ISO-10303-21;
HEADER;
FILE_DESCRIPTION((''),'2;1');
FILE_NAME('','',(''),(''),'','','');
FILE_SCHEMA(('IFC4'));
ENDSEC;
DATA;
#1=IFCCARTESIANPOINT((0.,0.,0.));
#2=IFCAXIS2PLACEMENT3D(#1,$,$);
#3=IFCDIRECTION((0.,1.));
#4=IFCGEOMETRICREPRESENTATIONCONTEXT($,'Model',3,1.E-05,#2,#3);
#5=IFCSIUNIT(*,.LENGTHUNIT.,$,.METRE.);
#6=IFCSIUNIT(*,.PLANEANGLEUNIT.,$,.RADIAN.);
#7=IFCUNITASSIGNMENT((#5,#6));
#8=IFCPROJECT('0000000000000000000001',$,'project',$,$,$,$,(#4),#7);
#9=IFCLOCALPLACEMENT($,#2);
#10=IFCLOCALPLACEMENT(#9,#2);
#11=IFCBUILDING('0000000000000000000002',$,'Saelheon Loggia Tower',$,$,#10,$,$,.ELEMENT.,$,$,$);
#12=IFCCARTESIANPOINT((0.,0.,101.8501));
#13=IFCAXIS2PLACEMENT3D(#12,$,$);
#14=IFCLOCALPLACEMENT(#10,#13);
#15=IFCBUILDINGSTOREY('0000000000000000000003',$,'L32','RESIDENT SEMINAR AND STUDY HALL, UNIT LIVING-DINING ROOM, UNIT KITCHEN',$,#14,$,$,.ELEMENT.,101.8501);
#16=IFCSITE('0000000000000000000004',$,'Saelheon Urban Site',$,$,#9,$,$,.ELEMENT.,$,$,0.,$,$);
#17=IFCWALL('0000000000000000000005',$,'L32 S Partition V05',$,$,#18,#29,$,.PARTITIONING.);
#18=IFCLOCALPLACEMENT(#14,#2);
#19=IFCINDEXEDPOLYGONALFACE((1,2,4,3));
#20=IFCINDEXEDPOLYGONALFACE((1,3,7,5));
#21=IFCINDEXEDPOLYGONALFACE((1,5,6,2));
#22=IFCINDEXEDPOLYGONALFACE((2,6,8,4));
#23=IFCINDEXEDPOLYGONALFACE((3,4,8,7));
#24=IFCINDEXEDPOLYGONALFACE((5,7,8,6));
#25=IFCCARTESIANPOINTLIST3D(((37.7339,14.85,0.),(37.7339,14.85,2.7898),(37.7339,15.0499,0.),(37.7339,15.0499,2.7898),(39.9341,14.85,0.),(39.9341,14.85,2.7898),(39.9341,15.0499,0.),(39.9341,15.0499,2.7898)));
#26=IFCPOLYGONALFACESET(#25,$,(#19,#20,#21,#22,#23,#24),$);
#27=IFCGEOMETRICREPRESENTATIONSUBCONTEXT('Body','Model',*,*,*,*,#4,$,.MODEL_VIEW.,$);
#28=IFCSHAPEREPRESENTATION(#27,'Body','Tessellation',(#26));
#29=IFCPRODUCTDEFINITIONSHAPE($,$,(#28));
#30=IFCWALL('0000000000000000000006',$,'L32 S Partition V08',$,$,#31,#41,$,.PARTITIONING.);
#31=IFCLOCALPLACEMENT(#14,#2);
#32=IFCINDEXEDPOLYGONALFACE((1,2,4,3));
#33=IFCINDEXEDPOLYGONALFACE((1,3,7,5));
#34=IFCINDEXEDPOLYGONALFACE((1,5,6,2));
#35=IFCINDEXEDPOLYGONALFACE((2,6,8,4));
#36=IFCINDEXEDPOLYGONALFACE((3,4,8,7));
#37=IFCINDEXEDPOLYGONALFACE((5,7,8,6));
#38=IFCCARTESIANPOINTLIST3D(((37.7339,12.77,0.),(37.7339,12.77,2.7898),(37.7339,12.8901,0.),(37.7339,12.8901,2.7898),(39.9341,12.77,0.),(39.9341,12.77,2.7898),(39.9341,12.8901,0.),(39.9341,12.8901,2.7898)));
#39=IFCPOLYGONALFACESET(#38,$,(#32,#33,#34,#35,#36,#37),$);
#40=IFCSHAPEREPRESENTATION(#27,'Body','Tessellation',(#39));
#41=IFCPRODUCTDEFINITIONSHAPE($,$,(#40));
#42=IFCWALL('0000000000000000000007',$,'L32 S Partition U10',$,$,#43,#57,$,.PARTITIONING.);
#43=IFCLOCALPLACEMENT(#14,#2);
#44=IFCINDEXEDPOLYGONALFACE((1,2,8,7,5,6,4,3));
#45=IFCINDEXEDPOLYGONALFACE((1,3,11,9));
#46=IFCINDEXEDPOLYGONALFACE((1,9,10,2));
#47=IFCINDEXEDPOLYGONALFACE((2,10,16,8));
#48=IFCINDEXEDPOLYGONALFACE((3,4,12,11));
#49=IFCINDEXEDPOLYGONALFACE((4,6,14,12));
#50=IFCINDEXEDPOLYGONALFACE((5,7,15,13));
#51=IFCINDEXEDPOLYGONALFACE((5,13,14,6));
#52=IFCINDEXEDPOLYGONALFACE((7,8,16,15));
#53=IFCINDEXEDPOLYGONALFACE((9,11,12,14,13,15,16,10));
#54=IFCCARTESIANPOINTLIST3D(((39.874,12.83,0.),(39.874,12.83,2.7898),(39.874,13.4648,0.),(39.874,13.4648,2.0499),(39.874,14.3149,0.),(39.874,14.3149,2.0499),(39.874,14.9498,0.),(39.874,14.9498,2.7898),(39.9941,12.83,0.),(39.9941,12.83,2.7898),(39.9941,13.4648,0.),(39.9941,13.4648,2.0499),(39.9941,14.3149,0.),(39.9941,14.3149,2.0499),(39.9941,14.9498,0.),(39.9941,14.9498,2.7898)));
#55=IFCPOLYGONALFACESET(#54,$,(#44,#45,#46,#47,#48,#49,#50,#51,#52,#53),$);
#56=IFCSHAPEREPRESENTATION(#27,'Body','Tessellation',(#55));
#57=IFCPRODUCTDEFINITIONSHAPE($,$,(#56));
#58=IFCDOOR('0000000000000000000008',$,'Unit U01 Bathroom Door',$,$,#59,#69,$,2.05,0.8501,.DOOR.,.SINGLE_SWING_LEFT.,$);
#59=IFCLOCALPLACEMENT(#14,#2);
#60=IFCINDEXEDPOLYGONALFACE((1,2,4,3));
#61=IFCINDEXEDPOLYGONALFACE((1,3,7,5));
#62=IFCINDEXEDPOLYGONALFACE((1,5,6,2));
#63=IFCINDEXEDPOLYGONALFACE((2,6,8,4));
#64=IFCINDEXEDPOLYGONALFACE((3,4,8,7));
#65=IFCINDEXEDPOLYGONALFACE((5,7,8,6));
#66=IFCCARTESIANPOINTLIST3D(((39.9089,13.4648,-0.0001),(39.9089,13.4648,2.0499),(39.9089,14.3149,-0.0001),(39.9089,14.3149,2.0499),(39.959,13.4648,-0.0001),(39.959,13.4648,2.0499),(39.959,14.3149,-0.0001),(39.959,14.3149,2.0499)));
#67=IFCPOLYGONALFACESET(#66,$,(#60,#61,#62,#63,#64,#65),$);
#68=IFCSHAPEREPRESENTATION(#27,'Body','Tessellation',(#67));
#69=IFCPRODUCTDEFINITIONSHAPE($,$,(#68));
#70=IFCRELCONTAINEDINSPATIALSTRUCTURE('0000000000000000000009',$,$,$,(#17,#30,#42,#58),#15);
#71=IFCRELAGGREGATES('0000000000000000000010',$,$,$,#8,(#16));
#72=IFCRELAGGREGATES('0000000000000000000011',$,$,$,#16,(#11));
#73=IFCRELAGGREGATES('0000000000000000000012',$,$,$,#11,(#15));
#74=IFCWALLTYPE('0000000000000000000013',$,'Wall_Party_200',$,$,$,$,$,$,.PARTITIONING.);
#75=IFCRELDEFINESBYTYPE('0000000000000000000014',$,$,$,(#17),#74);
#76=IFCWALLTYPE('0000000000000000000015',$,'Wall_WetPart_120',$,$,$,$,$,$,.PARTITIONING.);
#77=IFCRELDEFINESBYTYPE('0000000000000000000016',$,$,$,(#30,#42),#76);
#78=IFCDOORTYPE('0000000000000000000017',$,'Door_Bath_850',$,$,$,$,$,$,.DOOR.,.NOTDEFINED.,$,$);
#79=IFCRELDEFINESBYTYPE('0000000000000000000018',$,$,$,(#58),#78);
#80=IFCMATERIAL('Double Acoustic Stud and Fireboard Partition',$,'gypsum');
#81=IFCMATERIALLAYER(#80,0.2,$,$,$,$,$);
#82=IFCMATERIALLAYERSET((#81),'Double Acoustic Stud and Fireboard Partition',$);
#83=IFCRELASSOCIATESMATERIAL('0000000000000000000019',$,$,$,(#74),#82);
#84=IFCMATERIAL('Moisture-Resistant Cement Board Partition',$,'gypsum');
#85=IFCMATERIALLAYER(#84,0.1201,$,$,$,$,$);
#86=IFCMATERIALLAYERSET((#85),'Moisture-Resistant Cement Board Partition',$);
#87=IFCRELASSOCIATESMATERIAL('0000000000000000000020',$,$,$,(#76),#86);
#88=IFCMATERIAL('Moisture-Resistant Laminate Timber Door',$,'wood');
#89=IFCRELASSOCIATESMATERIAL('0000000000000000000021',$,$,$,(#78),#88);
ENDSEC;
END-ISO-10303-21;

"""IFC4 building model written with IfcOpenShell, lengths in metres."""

from ifc_helpers import new_model, si_unit, direction, frame, frame_2d, origin, place, context, subcontext, project, spatial, rectangle, extrude, source, transform, mapped, material, layer, layer_set, type_object, element, fill, save


model = new_model("IFC4")

# Units and contexts
model_context = context("Model", 3, precision=1e-05, world=origin(), true_north=direction((0.0, 1.0)))
body_context = subcontext(model_context, "Body", "Model", "MODEL_VIEW")
ifc_project = project(units=[si_unit("LENGTHUNIT", "METRE"), si_unit("PLANEANGLEUNIT", "RADIAN")], contexts=[model_context])

# Site, building, storey
site_placement = place(None, origin())
site = spatial("IfcSite", under=ifc_project, at=site_placement, Name="Saelheon Urban Site", CompositionType="ELEMENT", RefElevation=0.0)
building_placement = place(site_placement, origin())
building = spatial("IfcBuilding", under=site, at=building_placement, Name="Saelheon Loggia Tower", CompositionType="ELEMENT")
storey_placement = place(building_placement, frame((0.0, 0.0, 101.8501)))
storey = spatial("IfcBuildingStorey", under=building, at=storey_placement, Name="L32", Description="RESIDENT SEMINAR AND STUDY HALL, UNIT LIVING-DINING ROOM, UNIT KITCHEN", CompositionType="ELEMENT", Elevation=101.8501)

# Wall
ifc_material_1 = material(Name="Double Acoustic Stud and Fireboard Partition", Category="gypsum")
ifc_layer_1 = layer(ifc_material_1, 0.2)
ifc_layer_set_1 = layer_set([ifc_layer_1], Name="Double Acoustic Stud and Fireboard Partition")
wall_type_1 = type_object("IfcWallType", Name="Wall_Party_200", PredefinedType="PARTITIONING", material=ifc_layer_set_1)
wall_1_placement = place(storey_placement, frame((37.7339, 14.95, 0.0), z_axis=(0.0, 0.0, 1.0), x_axis=(1.0, 0.0, 0.0)))
element("IfcWall", 1, at=wall_1_placement, inside=storey, type_object=wall_type_1, Name="L32 S Partition V05", PredefinedType="PARTITIONING", context=body_context, shape_type="SweptSolid", body=[
    extrude(rectangle(XDim=2.2002, YDim=0.2, at=frame_2d((1.1001, 0.0))), origin(), (0.0, 0.0, 1.0), 2.7898),
])

# Wall
ifc_material_2 = material(Name="Moisture-Resistant Cement Board Partition", Category="gypsum")
ifc_layer_2 = layer(ifc_material_2, 0.1201)
ifc_layer_set_2 = layer_set([ifc_layer_2], Name="Moisture-Resistant Cement Board Partition")
wall_type_2 = type_object("IfcWallType", Name="Wall_WetPart_120", PredefinedType="PARTITIONING", material=ifc_layer_set_2)
wall_2_placement = place(storey_placement, frame((37.7339, 12.8301, 0.0), z_axis=(0.0, 0.0, 1.0), x_axis=(1.0, 0.0, 0.0)))
element("IfcWall", 2, at=wall_2_placement, inside=storey, type_object=wall_type_2, Name="L32 S Partition V08", PredefinedType="PARTITIONING", context=body_context, shape_type="SweptSolid", body=[
    extrude(rectangle(XDim=2.2002, YDim=0.1201, at=frame_2d((1.1001, 0.0))), origin(), (0.0, 0.0, 1.0), 2.7898),
])

# Wall, opening, door
wall_3_placement = place(storey_placement, frame((39.9341, 14.95, 0.0), z_axis=(0.0, 0.0, 1.0), x_axis=(0.0, -1.0, 0.0)))
wall_3 = element("IfcWall", 3, at=wall_3_placement, inside=storey, type_object=wall_type_2, Name="L32 S Partition U10", PredefinedType="PARTITIONING", context=body_context, shape_type="SweptSolid", body=[
    extrude(rectangle(XDim=2.1199, YDim=0.1201, at=frame_2d((1.0601, 0.0))), origin(), (0.0, 0.0, 1.0), 2.7898),
])
opening_1_placement = place(wall_3_placement, frame((0.635, 0.0, 0.0)))
opening_1 = element("IfcOpeningElement", 4, at=opening_1_placement, cuts=wall_3, PredefinedType="OPENING", context=body_context, shape_type="SweptSolid", body=[
    extrude(rectangle(XDim=0.8501, YDim=2.05, at=frame_2d((0.425, 1.0249))), frame((0.0, 0.072, 0.0), z_axis=(0.0, -1.0, 0.0), x_axis=(1.0, 0.0, 0.0)), (0.0, 0.0, 1.0), 0.144),
])
ifc_material_3 = material(Name="Moisture-Resistant Laminate Timber Door", Category="wood")
door_type_1 = type_object("IfcDoorType", Name="Door_Bath_850", OperationType="NOTDEFINED", PredefinedType="DOOR", material=ifc_material_3)
shared_shape_1 = source(origin(), body_context, "Body", "SweptSolid", [
    extrude(rectangle(XDim=0.8501, YDim=2.05, at=frame_2d((0.425, 1.0249))), frame((0.0, 0.0249, 0.0), z_axis=(0.0, -1.0, 0.0), x_axis=(1.0, 0.0, 0.0)), (0.0, 0.0, 1.0), 0.05),
])
door_1_placement = place(opening_1_placement, origin())
door_1 = element("IfcDoor", 5, at=door_1_placement, inside=storey, type_object=door_type_1, Name="Unit U01 Bathroom Door", OperationType="SINGLE_SWING_LEFT", OverallHeight=2.05, OverallWidth=0.8501, PredefinedType="DOOR", context=body_context, shape_type="MappedRepresentation", body=[
    mapped(shared_shape_1, transform((0.0, 0.0, 0.0), scale=1.0)),
])
fill(opening_1, door_1)

save(model, "model.ifc")
